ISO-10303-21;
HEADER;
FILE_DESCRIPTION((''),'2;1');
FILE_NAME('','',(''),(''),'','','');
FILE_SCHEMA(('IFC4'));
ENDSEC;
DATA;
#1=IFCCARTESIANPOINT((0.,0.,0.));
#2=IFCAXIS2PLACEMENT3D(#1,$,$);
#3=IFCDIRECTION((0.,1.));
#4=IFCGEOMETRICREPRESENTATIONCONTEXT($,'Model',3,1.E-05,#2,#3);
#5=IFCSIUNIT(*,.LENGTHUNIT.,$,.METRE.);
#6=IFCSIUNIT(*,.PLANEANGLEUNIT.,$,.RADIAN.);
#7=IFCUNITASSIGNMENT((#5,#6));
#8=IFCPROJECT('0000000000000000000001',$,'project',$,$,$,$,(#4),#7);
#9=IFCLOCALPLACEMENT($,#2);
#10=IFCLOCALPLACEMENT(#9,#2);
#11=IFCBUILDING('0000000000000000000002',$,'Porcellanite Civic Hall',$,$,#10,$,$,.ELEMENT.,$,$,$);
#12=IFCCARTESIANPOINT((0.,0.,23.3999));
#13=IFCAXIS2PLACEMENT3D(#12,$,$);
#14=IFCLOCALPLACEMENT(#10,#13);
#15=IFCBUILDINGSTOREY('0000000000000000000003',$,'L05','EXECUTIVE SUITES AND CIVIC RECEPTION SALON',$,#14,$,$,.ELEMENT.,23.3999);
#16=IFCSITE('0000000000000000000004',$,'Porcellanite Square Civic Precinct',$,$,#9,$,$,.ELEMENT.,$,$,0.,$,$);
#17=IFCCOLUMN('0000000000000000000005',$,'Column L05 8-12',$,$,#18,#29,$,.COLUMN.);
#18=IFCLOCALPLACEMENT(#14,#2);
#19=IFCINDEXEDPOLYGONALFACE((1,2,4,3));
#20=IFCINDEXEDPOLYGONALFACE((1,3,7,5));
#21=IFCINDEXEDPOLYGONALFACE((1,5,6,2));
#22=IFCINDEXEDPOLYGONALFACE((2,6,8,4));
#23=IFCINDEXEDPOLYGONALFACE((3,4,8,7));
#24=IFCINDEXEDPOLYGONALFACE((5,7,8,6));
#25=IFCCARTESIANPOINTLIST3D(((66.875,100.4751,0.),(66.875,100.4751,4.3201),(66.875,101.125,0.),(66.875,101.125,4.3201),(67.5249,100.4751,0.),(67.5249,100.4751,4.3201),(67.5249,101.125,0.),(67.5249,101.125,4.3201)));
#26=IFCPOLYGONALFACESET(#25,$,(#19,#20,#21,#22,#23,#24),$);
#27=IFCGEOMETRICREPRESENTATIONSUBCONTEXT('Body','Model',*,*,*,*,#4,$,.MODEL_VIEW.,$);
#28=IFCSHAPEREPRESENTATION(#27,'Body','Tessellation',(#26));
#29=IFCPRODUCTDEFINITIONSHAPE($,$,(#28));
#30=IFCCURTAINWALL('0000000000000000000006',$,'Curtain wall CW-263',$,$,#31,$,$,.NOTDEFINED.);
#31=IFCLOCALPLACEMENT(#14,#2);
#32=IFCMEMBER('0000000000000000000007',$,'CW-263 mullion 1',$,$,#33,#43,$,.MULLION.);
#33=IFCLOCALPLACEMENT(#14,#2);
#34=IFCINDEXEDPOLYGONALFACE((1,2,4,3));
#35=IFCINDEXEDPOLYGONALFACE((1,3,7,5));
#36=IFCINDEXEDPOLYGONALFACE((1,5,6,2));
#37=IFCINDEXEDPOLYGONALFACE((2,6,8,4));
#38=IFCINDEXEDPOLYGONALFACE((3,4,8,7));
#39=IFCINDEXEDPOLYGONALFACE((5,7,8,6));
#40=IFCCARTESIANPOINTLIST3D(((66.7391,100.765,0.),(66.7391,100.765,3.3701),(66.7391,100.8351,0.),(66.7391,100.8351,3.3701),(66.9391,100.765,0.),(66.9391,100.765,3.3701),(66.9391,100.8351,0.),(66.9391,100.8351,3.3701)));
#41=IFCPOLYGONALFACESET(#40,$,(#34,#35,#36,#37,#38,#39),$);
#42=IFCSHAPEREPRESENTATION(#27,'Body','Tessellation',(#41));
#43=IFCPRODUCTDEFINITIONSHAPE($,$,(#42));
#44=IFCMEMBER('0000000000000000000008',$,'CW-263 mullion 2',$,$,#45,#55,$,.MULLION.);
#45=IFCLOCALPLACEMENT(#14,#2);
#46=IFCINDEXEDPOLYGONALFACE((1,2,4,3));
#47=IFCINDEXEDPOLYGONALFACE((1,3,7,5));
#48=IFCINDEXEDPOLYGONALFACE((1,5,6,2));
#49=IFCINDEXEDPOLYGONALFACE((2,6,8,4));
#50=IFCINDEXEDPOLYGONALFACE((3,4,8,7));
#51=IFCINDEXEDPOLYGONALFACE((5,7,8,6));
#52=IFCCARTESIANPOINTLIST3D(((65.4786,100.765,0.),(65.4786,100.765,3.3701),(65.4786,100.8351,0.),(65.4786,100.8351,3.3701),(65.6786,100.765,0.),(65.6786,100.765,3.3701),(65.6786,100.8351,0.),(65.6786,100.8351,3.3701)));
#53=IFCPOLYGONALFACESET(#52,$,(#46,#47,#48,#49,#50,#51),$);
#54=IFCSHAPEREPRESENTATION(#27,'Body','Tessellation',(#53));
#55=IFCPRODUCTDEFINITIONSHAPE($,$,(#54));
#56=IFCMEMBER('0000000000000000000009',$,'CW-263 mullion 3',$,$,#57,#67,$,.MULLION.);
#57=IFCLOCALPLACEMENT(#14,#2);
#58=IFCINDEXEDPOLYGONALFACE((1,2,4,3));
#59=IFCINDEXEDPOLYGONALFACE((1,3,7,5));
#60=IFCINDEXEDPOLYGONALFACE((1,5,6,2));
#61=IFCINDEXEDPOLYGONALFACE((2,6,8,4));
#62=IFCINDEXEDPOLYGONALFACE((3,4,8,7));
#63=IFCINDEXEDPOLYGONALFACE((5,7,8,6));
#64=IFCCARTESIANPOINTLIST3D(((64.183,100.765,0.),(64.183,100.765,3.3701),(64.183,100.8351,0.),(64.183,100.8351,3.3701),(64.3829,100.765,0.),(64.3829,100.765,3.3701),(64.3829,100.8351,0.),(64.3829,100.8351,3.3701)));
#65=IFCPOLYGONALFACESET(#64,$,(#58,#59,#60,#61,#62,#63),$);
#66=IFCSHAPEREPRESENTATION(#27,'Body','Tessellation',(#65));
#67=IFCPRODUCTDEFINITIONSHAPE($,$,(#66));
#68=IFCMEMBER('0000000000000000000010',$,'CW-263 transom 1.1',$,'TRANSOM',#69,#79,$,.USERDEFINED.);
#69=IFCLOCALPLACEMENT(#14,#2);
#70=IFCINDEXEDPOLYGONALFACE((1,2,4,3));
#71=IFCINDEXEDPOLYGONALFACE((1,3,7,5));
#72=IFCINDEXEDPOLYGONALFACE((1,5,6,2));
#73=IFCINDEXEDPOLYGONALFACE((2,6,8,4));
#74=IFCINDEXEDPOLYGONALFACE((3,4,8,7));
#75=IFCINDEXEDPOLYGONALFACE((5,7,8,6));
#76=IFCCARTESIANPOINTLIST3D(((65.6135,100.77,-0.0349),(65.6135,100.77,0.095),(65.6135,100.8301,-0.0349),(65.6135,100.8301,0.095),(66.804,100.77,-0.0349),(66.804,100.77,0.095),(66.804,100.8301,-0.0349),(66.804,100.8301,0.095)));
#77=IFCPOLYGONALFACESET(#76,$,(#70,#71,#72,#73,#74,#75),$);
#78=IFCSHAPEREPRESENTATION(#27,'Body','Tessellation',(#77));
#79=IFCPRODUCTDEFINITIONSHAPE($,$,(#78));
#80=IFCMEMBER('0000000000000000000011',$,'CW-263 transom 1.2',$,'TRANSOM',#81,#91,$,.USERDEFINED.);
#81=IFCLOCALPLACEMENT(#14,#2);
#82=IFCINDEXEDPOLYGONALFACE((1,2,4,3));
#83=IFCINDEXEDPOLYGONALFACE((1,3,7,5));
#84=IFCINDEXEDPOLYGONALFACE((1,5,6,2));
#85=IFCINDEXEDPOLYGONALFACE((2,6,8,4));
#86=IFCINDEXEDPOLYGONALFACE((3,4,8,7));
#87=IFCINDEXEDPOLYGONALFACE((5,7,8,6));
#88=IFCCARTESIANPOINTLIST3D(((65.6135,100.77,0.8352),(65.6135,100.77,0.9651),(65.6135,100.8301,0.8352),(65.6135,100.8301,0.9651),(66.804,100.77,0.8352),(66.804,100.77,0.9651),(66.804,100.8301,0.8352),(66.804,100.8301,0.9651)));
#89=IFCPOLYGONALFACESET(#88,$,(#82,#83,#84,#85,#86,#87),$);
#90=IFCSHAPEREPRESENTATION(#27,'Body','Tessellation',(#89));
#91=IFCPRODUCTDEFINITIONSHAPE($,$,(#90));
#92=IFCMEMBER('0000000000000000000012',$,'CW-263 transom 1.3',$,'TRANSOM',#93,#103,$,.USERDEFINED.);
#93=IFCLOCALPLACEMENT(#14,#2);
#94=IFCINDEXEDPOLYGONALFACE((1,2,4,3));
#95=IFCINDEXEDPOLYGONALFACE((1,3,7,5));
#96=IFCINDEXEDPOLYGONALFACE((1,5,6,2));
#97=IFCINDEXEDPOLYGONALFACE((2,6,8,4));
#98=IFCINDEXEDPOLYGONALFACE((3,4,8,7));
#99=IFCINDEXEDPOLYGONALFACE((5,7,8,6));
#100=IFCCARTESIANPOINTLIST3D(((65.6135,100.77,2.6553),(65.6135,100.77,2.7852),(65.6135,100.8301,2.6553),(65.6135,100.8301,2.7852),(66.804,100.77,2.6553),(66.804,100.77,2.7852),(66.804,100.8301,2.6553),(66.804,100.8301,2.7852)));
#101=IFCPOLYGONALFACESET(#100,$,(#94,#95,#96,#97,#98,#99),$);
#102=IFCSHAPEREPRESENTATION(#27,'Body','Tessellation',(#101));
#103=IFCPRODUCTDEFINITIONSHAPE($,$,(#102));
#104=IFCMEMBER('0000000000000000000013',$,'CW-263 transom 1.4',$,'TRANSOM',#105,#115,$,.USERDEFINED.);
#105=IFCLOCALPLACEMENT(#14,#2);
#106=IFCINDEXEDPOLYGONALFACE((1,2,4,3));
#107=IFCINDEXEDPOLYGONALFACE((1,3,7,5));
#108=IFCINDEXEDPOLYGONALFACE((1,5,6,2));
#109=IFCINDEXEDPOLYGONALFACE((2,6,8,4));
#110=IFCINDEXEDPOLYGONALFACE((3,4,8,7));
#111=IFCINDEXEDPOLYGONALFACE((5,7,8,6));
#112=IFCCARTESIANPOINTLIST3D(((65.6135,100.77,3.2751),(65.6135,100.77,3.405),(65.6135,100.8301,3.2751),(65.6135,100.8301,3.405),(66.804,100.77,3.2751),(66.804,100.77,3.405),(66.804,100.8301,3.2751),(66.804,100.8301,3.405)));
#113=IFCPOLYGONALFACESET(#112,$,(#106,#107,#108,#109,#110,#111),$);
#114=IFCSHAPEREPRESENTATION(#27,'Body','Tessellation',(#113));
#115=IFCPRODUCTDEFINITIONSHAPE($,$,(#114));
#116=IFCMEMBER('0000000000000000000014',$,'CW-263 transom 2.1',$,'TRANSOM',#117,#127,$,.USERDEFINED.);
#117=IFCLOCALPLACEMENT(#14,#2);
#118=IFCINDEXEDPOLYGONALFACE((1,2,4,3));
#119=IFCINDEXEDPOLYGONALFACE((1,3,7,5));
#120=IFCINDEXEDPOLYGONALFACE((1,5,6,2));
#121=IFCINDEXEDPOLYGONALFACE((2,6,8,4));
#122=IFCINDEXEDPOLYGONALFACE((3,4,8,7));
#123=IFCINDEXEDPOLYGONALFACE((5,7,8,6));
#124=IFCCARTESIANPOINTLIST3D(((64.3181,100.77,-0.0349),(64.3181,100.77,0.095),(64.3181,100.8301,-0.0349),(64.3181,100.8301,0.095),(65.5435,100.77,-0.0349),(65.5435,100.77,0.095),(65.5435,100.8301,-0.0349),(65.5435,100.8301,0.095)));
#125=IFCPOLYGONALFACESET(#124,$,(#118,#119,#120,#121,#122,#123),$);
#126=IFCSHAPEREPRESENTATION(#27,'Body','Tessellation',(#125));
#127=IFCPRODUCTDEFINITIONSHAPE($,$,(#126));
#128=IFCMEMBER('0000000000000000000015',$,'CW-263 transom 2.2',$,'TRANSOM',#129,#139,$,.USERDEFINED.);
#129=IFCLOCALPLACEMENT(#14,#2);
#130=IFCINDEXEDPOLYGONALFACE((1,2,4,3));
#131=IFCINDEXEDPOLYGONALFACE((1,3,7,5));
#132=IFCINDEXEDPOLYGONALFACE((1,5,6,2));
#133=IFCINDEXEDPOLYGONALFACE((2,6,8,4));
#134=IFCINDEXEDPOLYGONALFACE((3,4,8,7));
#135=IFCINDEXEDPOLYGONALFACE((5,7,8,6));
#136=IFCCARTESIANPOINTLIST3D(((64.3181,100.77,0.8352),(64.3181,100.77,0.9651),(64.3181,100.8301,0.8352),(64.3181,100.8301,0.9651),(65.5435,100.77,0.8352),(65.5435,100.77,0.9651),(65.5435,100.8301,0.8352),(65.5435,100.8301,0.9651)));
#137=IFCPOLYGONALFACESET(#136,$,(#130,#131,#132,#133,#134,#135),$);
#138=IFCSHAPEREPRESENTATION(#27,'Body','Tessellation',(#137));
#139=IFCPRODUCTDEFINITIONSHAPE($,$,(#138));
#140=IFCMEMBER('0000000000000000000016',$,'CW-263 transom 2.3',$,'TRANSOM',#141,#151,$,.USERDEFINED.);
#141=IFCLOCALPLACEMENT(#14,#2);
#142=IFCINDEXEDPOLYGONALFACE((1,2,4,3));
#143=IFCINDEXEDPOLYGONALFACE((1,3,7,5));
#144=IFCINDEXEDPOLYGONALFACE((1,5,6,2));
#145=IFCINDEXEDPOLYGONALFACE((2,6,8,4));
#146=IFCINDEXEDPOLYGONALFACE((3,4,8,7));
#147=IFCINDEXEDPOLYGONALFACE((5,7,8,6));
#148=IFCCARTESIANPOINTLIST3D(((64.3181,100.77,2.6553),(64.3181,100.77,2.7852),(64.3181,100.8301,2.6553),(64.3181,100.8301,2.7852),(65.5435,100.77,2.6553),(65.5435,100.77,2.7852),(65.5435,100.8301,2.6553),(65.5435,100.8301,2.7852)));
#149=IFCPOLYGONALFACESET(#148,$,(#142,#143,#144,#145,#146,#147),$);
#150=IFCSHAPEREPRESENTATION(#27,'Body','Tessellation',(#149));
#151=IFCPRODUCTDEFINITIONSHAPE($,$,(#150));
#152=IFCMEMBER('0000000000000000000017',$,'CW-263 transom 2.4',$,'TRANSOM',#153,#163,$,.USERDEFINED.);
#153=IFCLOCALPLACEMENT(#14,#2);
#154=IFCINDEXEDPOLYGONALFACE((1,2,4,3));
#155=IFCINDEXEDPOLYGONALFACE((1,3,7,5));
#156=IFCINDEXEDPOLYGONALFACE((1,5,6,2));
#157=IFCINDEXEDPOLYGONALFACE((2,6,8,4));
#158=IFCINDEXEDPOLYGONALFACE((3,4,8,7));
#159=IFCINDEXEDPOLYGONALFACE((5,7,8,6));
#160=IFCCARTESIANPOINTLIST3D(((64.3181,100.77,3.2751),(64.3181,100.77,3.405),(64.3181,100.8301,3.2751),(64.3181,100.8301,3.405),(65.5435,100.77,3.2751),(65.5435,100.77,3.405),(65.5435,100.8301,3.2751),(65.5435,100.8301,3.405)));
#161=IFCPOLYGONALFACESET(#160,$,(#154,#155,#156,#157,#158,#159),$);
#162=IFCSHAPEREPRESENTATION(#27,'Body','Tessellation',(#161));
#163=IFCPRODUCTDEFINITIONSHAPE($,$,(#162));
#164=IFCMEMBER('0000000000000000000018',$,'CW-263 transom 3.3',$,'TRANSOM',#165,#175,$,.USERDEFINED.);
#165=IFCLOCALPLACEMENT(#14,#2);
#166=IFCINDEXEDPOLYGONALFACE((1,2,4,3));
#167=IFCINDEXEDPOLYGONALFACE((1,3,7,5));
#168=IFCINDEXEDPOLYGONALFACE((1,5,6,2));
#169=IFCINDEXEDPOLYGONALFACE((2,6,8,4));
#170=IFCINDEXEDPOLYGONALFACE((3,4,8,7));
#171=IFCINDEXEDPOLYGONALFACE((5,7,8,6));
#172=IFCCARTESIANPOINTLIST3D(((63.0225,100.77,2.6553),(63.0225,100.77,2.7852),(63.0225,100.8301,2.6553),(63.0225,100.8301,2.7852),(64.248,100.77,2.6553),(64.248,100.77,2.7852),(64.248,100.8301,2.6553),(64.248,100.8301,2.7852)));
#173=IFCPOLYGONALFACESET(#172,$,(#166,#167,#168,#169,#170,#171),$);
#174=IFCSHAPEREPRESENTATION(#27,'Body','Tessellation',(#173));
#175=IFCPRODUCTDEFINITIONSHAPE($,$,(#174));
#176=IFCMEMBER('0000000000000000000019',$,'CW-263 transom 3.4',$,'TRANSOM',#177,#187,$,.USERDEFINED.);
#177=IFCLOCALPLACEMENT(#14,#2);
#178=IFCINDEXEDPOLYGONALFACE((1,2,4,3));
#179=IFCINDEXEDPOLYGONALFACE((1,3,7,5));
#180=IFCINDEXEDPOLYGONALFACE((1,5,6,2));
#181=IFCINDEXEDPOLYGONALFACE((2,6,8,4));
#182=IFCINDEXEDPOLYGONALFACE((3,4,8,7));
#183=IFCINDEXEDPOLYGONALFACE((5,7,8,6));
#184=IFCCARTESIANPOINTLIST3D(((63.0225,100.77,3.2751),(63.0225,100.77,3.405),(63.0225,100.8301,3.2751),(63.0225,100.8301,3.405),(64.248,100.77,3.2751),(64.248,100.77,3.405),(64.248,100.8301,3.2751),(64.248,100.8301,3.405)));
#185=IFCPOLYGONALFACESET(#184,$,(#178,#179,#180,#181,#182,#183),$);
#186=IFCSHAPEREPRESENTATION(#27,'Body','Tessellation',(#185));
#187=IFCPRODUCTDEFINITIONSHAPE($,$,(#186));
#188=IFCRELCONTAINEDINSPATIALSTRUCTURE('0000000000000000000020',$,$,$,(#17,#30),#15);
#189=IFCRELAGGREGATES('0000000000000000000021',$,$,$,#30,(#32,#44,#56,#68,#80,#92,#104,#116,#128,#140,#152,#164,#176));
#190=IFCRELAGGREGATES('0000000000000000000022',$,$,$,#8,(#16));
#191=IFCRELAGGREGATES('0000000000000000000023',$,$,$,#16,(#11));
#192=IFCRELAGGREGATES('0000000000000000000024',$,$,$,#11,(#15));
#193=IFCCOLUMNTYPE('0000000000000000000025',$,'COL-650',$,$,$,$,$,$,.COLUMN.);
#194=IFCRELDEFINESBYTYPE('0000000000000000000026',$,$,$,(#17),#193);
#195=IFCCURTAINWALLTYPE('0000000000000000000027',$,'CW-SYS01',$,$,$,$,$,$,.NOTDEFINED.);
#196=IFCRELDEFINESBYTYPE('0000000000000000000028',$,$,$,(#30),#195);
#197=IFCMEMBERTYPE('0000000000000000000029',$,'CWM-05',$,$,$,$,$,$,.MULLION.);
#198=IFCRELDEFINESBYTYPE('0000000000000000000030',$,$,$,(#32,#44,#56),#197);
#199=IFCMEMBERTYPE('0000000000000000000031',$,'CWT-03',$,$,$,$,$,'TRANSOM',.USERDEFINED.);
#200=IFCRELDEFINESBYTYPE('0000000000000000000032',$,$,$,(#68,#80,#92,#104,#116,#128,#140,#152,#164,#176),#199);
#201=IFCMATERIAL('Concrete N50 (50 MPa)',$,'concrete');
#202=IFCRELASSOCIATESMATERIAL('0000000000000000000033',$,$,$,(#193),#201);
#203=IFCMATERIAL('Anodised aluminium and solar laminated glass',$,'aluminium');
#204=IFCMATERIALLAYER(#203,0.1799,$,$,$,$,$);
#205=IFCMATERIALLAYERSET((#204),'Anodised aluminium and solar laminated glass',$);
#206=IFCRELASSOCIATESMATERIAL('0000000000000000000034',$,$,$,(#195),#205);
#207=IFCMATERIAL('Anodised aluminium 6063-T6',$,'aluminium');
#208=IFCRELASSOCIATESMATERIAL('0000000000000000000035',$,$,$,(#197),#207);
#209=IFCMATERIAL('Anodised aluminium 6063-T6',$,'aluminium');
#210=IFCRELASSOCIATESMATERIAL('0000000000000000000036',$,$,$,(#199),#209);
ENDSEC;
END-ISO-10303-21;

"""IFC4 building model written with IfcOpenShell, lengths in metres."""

from ifc_helpers import new_model, si_unit, direction, frame, origin, origin_2d, place, context, subcontext, project, spatial, rectangle, extrude, material, layer, layer_set, material_profile, profile_set, type_object, element, aggregate, save


model = new_model("IFC4")

# Units and contexts
model_context = context("Model", 3, precision=1e-05, world=origin(), true_north=direction((0.0, 1.0)))
body_context = subcontext(model_context, "Body", "Model", "MODEL_VIEW")
ifc_project = project(units=[si_unit("LENGTHUNIT", "METRE"), si_unit("PLANEANGLEUNIT", "RADIAN")], contexts=[model_context])

# Site, building, storey
site_placement = place(None, origin())
site = spatial("IfcSite", under=ifc_project, at=site_placement, Name="Porcellanite Square Civic Precinct", CompositionType="ELEMENT", RefElevation=0.0)
building_placement = place(site_placement, origin())
building = spatial("IfcBuilding", under=site, at=building_placement, Name="Porcellanite Civic Hall", CompositionType="ELEMENT")
storey_placement = place(building_placement, frame((0.0, 0.0, 23.3999)))
storey = spatial("IfcBuildingStorey", under=building, at=storey_placement, Name="L05", Description="EXECUTIVE SUITES AND CIVIC RECEPTION SALON", CompositionType="ELEMENT", Elevation=23.3999)

# Column
ifc_material_1 = material(Name="Concrete N50 (50 MPa)", Category="concrete")
ifc_material_profile_1 = material_profile(ifc_material_1, rectangle(XDim=0.6499, YDim=0.6499, at=origin_2d()), Name="RC-650x650")
ifc_profile_set_1 = profile_set([ifc_material_profile_1], Name="Concrete N50 (50 MPa)")
column_type = type_object("IfcColumnType", Name="COL-650", PredefinedType="COLUMN", material=ifc_profile_set_1)
column_placement = place(storey_placement, frame((67.2, 100.8, 0.0), z_axis=(0.0, 0.0, 1.0), x_axis=(1.0, 0.0, 0.0)))
element("IfcColumn", 1, at=column_placement, inside=storey, type_object=column_type, Name="Column L05 8-12", PredefinedType="COLUMN", context=body_context, shape_type="SweptSolid", body=[
    extrude(rectangle(XDim=0.6499, YDim=0.6499, at=origin_2d()), origin(), (0.0, 0.0, 1.0), 4.3201),
])

# Curtain wall, members
ifc_material_2 = material(Name="Anodised aluminium and solar laminated glass", Category="aluminium")
ifc_layer_1 = layer(ifc_material_2, 0.1799)
ifc_layer_set_1 = layer_set([ifc_layer_1], Name="Anodised aluminium and solar laminated glass")
curtain_wall_type = type_object("IfcCurtainWallType", Name="CW-SYS01", PredefinedType="NOTDEFINED", material=ifc_layer_set_1)
curtain_wall_placement = place(storey_placement, origin())
curtain_wall = element("IfcCurtainWall", 2, at=curtain_wall_placement, inside=storey, type_object=curtain_wall_type, Name="Curtain wall CW-263", PredefinedType="NOTDEFINED")
ifc_material_3 = material(Name="Anodised aluminium 6063-T6", Category="aluminium")
ifc_material_profile_2 = material_profile(ifc_material_3, rectangle(XDim=0.0701, YDim=0.2, at=origin_2d()), Name="AL-70x200")
ifc_profile_set_2 = profile_set([ifc_material_profile_2], Name="Anodised aluminium 6063-T6")
member_type_1 = type_object("IfcMemberType", Name="CWM-05", PredefinedType="MULLION", material=ifc_profile_set_2)
member_1_placement = place(storey_placement, frame((66.8391, 100.8, 0.0), z_axis=(0.0, 0.0, 1.0), x_axis=(0.0, -1.0, 0.0)))
member_1 = element("IfcMember", 3, at=member_1_placement, type_object=member_type_1, Name="CW-263 mullion 1", PredefinedType="MULLION", context=body_context, shape_type="SweptSolid", body=[
    extrude(rectangle(XDim=0.0701, YDim=0.2, at=origin_2d()), origin(), (0.0, 0.0, 1.0), 3.3701),
])
member_2_placement = place(storey_placement, frame((65.5786, 100.8, 0.0), z_axis=(0.0, 0.0, 1.0), x_axis=(0.0, -1.0, 0.0)))
member_2 = element("IfcMember", 4, at=member_2_placement, type_object=member_type_1, Name="CW-263 mullion 2", PredefinedType="MULLION", context=body_context, shape_type="SweptSolid", body=[
    extrude(rectangle(XDim=0.0701, YDim=0.2, at=origin_2d()), origin(), (0.0, 0.0, 1.0), 3.3701),
])
member_3_placement = place(storey_placement, frame((64.283, 100.8, 0.0), z_axis=(0.0, 0.0, 1.0), x_axis=(0.0, -1.0, 0.0)))
member_3 = element("IfcMember", 5, at=member_3_placement, type_object=member_type_1, Name="CW-263 mullion 3", PredefinedType="MULLION", context=body_context, shape_type="SweptSolid", body=[
    extrude(rectangle(XDim=0.0701, YDim=0.2, at=origin_2d()), origin(), (0.0, 0.0, 1.0), 3.3701),
])
ifc_material_4 = material(Name="Anodised aluminium 6063-T6", Category="aluminium")
ifc_material_profile_3 = material_profile(ifc_material_4, rectangle(XDim=0.0601, YDim=0.1299, at=origin_2d()), Name="AL-60x130")
ifc_profile_set_3 = profile_set([ifc_material_profile_3], Name="Anodised aluminium 6063-T6")
member_type_2 = type_object("IfcMemberType", Name="CWT-03", ElementType="TRANSOM", PredefinedType="USERDEFINED", material=ifc_profile_set_3)
member_4_placement = place(storey_placement, frame((66.804, 100.8, 0.03), z_axis=(-1.0, 0.0, 0.0), x_axis=(0.0, -1.0, 0.0)))
member_4 = element("IfcMember", 6, at=member_4_placement, type_object=member_type_2, Name="CW-263 transom 1.1", ObjectType="TRANSOM", PredefinedType="USERDEFINED", context=body_context, shape_type="SweptSolid", body=[
    extrude(rectangle(XDim=0.0601, YDim=0.1299, at=origin_2d()), origin(), (0.0, 0.0, 1.0), 1.1904),
])
member_5_placement = place(storey_placement, frame((66.804, 100.8, 0.9001), z_axis=(-1.0, 0.0, 0.0), x_axis=(0.0, -1.0, 0.0)))
member_5 = element("IfcMember", 7, at=member_5_placement, type_object=member_type_2, Name="CW-263 transom 1.2", ObjectType="TRANSOM", PredefinedType="USERDEFINED", context=body_context, shape_type="SweptSolid", body=[
    extrude(rectangle(XDim=0.0601, YDim=0.1299, at=origin_2d()), origin(), (0.0, 0.0, 1.0), 1.1904),
])
member_6_placement = place(storey_placement, frame((66.804, 100.8, 2.7202), z_axis=(-1.0, 0.0, 0.0), x_axis=(0.0, -1.0, 0.0)))
member_6 = element("IfcMember", 8, at=member_6_placement, type_object=member_type_2, Name="CW-263 transom 1.3", ObjectType="TRANSOM", PredefinedType="USERDEFINED", context=body_context, shape_type="SweptSolid", body=[
    extrude(rectangle(XDim=0.0601, YDim=0.1299, at=origin_2d()), origin(), (0.0, 0.0, 1.0), 1.1904),
])
member_7_placement = place(storey_placement, frame((66.804, 100.8, 3.3401), z_axis=(-1.0, 0.0, 0.0), x_axis=(0.0, -1.0, 0.0)))
member_7 = element("IfcMember", 9, at=member_7_placement, type_object=member_type_2, Name="CW-263 transom 1.4", ObjectType="TRANSOM", PredefinedType="USERDEFINED", context=body_context, shape_type="SweptSolid", body=[
    extrude(rectangle(XDim=0.0601, YDim=0.1299, at=origin_2d()), origin(), (0.0, 0.0, 1.0), 1.1904),
])
member_8_placement = place(storey_placement, frame((65.5435, 100.8, 0.03), z_axis=(-1.0, 0.0, 0.0), x_axis=(0.0, -1.0, 0.0)))
member_8 = element("IfcMember", 10, at=member_8_placement, type_object=member_type_2, Name="CW-263 transom 2.1", ObjectType="TRANSOM", PredefinedType="USERDEFINED", context=body_context, shape_type="SweptSolid", body=[
    extrude(rectangle(XDim=0.0601, YDim=0.1299, at=origin_2d()), origin(), (0.0, 0.0, 1.0), 1.2253),
])
member_9_placement = place(storey_placement, frame((65.5435, 100.8, 0.9001), z_axis=(-1.0, 0.0, 0.0), x_axis=(0.0, -1.0, 0.0)))
member_9 = element("IfcMember", 11, at=member_9_placement, type_object=member_type_2, Name="CW-263 transom 2.2", ObjectType="TRANSOM", PredefinedType="USERDEFINED", context=body_context, shape_type="SweptSolid", body=[
    extrude(rectangle(XDim=0.0601, YDim=0.1299, at=origin_2d()), origin(), (0.0, 0.0, 1.0), 1.2253),
])
member_10_placement = place(storey_placement, frame((65.5435, 100.8, 2.7202), z_axis=(-1.0, 0.0, 0.0), x_axis=(0.0, -1.0, 0.0)))
member_10 = element("IfcMember", 12, at=member_10_placement, type_object=member_type_2, Name="CW-263 transom 2.3", ObjectType="TRANSOM", PredefinedType="USERDEFINED", context=body_context, shape_type="SweptSolid", body=[
    extrude(rectangle(XDim=0.0601, YDim=0.1299, at=origin_2d()), origin(), (0.0, 0.0, 1.0), 1.2253),
])
member_11_placement = place(storey_placement, frame((65.5435, 100.8, 3.3401), z_axis=(-1.0, 0.0, 0.0), x_axis=(0.0, -1.0, 0.0)))
member_11 = element("IfcMember", 13, at=member_11_placement, type_object=member_type_2, Name="CW-263 transom 2.4", ObjectType="TRANSOM", PredefinedType="USERDEFINED", context=body_context, shape_type="SweptSolid", body=[
    extrude(rectangle(XDim=0.0601, YDim=0.1299, at=origin_2d()), origin(), (0.0, 0.0, 1.0), 1.2253),
])
member_12_placement = place(storey_placement, frame((64.248, 100.8, 2.7202), z_axis=(-1.0, 0.0, 0.0), x_axis=(0.0, -1.0, 0.0)))
member_12 = element("IfcMember", 14, at=member_12_placement, type_object=member_type_2, Name="CW-263 transom 3.3", ObjectType="TRANSOM", PredefinedType="USERDEFINED", context=body_context, shape_type="SweptSolid", body=[
    extrude(rectangle(XDim=0.0601, YDim=0.1299, at=origin_2d()), origin(), (0.0, 0.0, 1.0), 1.2256),
])
member_13_placement = place(storey_placement, frame((64.248, 100.8, 3.3401), z_axis=(-1.0, 0.0, 0.0), x_axis=(0.0, -1.0, 0.0)))
member_13 = element("IfcMember", 15, at=member_13_placement, type_object=member_type_2, Name="CW-263 transom 3.4", ObjectType="TRANSOM", PredefinedType="USERDEFINED", context=body_context, shape_type="SweptSolid", body=[
    extrude(rectangle(XDim=0.0601, YDim=0.1299, at=origin_2d()), origin(), (0.0, 0.0, 1.0), 1.2256),
])

aggregate(curtain_wall, [member_1, member_2, member_3, member_4, member_5, member_6, member_7, member_8, member_9, member_10, member_11, member_12, member_13])

save(model, "model.ifc")
